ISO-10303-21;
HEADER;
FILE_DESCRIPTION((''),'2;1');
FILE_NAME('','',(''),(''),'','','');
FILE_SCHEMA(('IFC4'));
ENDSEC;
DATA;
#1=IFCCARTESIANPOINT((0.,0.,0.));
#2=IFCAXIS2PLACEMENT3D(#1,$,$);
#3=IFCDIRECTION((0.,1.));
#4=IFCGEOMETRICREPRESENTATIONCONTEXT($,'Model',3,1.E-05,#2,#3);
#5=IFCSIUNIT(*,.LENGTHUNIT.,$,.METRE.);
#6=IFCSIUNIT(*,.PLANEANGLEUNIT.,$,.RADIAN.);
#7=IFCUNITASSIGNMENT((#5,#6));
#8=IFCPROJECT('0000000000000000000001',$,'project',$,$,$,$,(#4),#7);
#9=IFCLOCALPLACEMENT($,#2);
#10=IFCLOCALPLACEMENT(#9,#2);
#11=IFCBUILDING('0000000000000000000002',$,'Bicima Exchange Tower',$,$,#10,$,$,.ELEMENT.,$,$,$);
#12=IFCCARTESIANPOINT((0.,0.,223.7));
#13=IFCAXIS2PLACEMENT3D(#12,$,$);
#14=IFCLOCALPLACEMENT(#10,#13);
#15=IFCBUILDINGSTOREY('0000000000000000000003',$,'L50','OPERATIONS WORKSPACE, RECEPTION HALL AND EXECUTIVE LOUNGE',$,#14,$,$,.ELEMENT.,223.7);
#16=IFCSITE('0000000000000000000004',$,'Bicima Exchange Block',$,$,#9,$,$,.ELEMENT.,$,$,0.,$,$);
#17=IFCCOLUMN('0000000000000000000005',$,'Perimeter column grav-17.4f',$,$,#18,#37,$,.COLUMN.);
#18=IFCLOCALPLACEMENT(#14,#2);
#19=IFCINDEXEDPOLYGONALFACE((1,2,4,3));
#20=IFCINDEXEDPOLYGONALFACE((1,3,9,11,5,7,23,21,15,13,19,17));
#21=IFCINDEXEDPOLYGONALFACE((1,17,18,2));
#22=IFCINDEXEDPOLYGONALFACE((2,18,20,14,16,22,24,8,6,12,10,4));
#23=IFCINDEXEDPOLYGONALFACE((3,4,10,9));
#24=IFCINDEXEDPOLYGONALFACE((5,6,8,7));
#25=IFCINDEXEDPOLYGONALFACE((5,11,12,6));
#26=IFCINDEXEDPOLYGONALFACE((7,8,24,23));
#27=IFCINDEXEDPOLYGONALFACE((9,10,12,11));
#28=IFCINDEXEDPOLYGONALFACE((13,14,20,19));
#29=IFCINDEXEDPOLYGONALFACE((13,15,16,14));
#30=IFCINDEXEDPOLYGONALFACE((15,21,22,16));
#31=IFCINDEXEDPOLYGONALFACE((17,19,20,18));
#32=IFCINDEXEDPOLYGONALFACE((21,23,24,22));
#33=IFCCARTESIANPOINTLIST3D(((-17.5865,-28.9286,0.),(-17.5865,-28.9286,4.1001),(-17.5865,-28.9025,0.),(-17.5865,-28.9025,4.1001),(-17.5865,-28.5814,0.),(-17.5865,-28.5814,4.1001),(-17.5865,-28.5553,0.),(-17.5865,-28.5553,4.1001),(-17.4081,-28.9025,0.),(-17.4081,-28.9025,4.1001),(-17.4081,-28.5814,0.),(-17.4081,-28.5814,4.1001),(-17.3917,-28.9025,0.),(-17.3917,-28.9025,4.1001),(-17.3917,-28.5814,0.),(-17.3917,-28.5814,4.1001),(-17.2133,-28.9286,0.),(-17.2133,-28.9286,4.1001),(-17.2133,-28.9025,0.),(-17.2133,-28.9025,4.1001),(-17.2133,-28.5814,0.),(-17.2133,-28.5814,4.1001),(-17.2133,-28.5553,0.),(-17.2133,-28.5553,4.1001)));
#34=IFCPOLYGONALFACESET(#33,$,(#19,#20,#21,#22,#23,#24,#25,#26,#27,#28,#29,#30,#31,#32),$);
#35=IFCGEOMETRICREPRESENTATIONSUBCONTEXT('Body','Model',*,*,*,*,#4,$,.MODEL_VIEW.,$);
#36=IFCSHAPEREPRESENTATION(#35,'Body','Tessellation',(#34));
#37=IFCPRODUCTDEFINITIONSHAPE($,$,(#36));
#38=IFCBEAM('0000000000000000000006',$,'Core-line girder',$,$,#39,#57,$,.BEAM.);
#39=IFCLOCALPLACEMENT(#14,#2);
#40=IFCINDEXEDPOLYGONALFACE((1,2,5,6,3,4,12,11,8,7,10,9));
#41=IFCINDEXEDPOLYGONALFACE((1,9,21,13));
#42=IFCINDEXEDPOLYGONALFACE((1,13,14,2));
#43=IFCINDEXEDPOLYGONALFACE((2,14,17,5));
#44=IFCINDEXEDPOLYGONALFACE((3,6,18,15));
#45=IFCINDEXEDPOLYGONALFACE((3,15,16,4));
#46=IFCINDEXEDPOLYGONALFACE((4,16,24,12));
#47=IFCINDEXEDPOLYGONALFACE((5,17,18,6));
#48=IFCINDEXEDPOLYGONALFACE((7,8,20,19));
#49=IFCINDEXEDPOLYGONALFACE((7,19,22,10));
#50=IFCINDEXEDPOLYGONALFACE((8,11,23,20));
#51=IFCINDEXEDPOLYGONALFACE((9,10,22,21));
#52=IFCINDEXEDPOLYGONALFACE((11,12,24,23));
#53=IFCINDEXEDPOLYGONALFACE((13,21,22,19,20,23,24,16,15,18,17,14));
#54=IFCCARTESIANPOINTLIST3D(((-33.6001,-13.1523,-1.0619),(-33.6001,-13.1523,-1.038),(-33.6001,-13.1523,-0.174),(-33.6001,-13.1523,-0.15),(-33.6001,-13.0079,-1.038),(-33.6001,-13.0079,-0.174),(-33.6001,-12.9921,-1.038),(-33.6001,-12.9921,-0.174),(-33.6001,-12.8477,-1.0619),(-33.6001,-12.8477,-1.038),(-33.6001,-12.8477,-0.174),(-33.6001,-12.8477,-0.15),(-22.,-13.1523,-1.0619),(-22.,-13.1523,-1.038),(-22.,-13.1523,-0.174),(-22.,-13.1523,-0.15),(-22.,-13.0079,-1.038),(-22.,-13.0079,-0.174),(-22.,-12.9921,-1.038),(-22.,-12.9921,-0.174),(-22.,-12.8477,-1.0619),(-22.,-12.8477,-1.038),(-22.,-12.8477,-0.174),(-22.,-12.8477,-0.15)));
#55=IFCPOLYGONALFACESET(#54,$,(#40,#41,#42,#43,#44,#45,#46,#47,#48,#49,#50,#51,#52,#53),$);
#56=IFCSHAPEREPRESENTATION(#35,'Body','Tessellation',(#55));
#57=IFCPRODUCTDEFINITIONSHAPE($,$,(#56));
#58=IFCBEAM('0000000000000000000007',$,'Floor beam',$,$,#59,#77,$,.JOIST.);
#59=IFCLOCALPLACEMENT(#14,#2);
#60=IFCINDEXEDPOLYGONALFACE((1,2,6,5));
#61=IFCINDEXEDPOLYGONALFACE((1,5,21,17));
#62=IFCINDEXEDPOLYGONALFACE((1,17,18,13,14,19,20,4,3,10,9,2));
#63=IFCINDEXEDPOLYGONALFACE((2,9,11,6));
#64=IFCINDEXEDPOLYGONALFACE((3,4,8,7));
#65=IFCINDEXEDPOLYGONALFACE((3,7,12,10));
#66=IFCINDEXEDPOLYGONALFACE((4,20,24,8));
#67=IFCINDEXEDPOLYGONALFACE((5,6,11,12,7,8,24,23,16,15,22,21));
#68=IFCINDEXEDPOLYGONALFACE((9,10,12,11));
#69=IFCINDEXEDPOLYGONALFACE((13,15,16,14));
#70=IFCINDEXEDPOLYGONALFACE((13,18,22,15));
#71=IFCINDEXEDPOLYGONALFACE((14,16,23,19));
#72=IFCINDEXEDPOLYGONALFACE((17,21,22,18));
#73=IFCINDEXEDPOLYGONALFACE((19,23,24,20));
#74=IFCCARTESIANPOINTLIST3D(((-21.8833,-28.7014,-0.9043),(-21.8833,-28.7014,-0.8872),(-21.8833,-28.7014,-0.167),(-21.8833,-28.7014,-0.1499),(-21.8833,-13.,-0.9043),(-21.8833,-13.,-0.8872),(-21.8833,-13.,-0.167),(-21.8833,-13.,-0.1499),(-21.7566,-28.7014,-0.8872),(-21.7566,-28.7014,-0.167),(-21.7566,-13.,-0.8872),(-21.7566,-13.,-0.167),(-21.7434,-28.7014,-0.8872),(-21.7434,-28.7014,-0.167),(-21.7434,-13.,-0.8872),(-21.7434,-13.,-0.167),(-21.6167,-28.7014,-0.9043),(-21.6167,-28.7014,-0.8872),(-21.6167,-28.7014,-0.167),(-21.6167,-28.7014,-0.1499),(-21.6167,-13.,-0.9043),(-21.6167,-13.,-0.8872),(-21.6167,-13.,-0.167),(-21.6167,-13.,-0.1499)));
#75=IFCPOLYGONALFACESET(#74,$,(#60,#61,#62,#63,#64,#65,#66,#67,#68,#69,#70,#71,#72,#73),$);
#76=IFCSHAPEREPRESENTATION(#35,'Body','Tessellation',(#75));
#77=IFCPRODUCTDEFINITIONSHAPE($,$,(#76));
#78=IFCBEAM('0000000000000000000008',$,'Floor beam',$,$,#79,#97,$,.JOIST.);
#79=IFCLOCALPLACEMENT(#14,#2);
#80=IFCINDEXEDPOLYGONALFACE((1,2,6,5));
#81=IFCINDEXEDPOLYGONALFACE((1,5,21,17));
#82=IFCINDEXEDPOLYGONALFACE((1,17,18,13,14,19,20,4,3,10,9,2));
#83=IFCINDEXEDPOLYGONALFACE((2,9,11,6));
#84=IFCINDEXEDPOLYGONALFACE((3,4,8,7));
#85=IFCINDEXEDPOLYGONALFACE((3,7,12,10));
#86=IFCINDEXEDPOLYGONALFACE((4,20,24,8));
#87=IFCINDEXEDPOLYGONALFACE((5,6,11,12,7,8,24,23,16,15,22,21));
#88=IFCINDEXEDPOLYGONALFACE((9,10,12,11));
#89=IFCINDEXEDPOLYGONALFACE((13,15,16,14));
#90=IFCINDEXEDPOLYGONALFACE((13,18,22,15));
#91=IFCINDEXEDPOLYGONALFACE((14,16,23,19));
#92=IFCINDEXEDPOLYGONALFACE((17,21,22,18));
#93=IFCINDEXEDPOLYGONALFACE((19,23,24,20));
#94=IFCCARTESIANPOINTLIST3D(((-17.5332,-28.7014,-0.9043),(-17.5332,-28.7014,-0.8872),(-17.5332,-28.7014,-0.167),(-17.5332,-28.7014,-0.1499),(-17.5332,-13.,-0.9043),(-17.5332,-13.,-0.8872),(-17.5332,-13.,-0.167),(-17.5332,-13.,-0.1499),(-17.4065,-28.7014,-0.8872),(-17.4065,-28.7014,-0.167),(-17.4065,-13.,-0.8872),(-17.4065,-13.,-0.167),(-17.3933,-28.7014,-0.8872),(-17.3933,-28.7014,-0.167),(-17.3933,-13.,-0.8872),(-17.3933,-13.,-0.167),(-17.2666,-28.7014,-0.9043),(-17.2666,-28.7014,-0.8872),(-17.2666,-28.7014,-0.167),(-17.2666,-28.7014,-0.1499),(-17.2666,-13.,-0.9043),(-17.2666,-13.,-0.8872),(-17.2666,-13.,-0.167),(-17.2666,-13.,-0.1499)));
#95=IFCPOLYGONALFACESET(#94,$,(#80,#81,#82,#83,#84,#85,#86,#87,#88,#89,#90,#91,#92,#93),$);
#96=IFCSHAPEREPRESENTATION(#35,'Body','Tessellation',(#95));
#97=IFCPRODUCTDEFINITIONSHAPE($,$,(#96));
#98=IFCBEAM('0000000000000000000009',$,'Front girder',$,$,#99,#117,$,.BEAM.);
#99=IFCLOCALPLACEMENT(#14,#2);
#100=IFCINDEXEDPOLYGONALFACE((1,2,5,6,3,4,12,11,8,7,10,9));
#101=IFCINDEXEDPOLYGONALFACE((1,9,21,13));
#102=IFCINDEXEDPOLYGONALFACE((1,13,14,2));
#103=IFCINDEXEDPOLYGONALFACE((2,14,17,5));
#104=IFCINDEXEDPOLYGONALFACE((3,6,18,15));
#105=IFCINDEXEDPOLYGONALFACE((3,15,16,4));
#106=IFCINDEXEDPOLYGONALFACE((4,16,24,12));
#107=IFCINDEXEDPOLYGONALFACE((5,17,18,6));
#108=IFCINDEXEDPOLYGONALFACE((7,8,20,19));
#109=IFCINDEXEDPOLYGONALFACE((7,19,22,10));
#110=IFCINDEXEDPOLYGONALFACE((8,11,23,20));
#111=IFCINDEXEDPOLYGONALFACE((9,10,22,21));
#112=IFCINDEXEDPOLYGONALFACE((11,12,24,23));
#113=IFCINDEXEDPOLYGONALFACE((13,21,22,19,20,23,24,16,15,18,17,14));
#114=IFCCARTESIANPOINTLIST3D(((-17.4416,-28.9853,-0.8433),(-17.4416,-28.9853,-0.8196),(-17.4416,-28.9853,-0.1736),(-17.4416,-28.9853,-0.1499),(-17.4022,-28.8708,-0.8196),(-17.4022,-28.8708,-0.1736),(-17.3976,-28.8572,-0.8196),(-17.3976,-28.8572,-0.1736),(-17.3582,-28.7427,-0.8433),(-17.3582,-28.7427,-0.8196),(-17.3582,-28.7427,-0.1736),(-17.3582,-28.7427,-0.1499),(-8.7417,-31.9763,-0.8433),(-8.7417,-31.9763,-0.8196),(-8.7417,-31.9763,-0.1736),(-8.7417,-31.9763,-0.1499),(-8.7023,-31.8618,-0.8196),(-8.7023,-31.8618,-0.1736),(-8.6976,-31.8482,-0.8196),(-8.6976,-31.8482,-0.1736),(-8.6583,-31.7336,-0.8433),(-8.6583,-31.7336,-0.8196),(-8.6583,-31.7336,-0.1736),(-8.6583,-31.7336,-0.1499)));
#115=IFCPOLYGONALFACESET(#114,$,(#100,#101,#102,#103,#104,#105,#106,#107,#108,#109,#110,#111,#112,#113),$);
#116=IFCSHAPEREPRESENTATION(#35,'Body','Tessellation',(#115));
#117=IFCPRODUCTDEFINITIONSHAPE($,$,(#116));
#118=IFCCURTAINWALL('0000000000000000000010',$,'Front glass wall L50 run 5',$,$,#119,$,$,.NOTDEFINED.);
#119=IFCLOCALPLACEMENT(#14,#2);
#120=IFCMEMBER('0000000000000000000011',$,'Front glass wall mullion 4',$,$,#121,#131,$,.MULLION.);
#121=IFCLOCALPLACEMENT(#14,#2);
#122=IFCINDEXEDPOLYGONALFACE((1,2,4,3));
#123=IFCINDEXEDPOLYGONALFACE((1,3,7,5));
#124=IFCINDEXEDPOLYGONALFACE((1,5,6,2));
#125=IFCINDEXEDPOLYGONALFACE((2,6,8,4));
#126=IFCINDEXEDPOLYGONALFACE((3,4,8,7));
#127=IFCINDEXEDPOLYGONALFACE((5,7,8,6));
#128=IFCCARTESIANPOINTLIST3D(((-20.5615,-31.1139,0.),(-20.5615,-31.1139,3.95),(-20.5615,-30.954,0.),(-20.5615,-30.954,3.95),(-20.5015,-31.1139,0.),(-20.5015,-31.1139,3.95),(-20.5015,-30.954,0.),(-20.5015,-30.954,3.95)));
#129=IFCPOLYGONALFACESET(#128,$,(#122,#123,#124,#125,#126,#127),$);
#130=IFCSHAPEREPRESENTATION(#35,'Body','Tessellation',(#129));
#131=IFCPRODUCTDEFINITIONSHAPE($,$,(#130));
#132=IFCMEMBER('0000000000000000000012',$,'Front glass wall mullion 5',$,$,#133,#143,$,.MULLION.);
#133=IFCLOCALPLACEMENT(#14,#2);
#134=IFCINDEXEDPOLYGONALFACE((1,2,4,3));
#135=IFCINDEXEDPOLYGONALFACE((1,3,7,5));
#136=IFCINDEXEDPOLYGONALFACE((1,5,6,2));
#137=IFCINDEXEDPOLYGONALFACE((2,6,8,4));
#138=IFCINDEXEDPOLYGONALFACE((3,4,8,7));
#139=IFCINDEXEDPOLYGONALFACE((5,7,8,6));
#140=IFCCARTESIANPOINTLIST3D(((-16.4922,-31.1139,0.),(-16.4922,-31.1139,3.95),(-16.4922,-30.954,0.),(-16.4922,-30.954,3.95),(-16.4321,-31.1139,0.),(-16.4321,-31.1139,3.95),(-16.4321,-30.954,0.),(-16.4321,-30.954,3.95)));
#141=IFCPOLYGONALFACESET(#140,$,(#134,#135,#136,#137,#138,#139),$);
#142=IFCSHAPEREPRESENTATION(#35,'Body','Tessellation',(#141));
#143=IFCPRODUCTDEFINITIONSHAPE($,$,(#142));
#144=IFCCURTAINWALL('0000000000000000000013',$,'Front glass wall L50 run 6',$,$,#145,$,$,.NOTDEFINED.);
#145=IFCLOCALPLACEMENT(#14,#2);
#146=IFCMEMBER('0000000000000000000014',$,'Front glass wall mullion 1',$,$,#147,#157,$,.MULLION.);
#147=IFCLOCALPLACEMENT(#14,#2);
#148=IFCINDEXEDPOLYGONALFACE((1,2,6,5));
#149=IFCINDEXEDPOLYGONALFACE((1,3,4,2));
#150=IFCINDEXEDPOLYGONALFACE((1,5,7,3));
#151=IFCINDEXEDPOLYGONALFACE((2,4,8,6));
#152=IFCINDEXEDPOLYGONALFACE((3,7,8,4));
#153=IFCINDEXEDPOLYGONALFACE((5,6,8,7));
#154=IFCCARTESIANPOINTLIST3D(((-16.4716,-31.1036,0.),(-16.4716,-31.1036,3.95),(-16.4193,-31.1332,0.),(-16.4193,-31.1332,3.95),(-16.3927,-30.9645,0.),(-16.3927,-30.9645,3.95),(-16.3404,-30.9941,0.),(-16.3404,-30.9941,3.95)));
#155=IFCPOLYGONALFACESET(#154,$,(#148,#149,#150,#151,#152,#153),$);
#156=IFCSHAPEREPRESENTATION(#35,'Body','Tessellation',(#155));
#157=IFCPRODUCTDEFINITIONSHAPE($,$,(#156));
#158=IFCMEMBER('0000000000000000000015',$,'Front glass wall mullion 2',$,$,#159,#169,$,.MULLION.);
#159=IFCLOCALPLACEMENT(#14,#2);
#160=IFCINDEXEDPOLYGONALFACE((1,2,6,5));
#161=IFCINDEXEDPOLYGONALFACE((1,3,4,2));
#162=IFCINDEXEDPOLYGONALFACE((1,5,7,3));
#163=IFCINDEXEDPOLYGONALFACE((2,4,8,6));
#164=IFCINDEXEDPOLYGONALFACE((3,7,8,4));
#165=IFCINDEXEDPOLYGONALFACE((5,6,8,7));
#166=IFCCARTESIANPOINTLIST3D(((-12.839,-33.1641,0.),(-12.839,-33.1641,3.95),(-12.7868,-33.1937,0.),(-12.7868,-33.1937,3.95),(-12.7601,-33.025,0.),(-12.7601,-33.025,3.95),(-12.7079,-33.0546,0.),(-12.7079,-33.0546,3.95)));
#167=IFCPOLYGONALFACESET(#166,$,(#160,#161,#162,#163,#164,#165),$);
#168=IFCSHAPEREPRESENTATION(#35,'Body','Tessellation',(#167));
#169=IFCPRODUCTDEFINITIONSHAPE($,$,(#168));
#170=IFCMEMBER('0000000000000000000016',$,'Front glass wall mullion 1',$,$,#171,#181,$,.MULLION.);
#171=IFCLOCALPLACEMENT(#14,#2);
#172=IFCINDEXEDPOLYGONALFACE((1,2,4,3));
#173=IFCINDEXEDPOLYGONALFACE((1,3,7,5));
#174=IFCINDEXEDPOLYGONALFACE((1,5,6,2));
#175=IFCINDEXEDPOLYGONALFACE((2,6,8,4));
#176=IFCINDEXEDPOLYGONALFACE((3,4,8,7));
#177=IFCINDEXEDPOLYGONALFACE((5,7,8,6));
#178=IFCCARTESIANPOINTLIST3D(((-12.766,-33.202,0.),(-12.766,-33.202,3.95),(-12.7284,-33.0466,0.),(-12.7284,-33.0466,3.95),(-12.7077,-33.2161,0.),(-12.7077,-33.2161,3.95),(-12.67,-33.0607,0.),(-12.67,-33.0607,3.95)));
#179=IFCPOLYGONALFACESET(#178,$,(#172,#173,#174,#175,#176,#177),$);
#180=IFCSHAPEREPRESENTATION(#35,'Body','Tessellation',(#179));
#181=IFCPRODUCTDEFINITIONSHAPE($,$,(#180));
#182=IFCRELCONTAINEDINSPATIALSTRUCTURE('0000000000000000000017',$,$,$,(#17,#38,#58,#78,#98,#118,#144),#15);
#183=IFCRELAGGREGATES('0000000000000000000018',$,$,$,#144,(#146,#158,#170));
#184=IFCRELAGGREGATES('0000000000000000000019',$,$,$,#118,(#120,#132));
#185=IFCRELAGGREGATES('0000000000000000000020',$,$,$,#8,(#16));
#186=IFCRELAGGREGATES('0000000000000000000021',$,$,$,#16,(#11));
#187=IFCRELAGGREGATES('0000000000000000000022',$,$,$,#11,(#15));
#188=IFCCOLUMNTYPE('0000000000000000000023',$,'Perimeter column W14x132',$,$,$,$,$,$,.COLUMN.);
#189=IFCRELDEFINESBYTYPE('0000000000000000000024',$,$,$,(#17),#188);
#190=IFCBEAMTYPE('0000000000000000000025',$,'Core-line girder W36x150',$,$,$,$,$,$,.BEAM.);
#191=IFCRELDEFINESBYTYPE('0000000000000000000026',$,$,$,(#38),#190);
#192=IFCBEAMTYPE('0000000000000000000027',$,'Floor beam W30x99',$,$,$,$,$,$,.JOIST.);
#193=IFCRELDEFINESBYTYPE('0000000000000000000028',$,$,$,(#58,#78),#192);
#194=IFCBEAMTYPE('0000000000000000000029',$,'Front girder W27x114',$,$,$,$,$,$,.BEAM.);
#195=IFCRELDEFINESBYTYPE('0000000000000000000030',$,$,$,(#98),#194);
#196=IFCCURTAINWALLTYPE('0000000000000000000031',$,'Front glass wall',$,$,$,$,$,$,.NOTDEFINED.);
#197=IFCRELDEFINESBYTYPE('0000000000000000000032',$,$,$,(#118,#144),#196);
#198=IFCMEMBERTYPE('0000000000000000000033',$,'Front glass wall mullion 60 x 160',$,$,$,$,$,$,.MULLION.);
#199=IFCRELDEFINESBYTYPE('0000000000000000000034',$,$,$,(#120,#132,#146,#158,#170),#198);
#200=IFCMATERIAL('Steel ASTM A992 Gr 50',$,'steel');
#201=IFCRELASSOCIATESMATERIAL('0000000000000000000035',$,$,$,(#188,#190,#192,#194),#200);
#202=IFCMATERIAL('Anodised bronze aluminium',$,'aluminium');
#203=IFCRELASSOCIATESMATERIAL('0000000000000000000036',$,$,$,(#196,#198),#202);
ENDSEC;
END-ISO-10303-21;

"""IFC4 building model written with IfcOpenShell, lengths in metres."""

from ifc_helpers import new_model, si_unit, direction, frame, origin, origin_2d, place, context, subcontext, project, spatial, rectangle, i_section, extrude, material, material_profile, profile_set, type_object, element, aggregate, save


model = new_model("IFC4")

# Units and contexts
model_context = context("Model", 3, precision=1e-05, world=origin(), true_north=direction((0.0, 1.0)))
body_context = subcontext(model_context, "Body", "Model", "MODEL_VIEW")
ifc_project = project(units=[si_unit("LENGTHUNIT", "METRE"), si_unit("PLANEANGLEUNIT", "RADIAN")], contexts=[model_context])

# Site, building, storey
site_placement = place(None, origin())
site = spatial("IfcSite", under=ifc_project, at=site_placement, Name="Bicima Exchange Block", CompositionType="ELEMENT", RefElevation=0.0)
building_placement = place(site_placement, origin())
building = spatial("IfcBuilding", under=site, at=building_placement, Name="Bicima Exchange Tower", CompositionType="ELEMENT")
storey_placement = place(building_placement, frame((0.0, 0.0, 223.7)))
storey = spatial("IfcBuildingStorey", under=building, at=storey_placement, Name="L50", Description="OPERATIONS WORKSPACE, RECEPTION HALL AND EXECUTIVE LOUNGE", CompositionType="ELEMENT", Elevation=223.7)

# Column
ifc_material_1 = material(Name="Steel ASTM A992 Gr 50", Category="steel")
ifc_material_profile_1 = material_profile(ifc_material_1, i_section(OverallWidth=0.3733, OverallDepth=0.3733, WebThickness=0.0164, FlangeThickness=0.0261, at=origin_2d()))
ifc_profile_set_1 = profile_set([ifc_material_profile_1], Name="Steel ASTM A992 Gr 50")
column_type = type_object("IfcColumnType", Name="Perimeter column W14x132", PredefinedType="COLUMN", material=ifc_profile_set_1)
column_placement = place(storey_placement, frame((-17.3999, -28.7419, 0.0), z_axis=(0.0, 0.0, 1.0), x_axis=(1.0, 0.0, 0.0)))
element("IfcColumn", 1, at=column_placement, inside=storey, type_object=column_type, Name="Perimeter column grav-17.4f", PredefinedType="COLUMN", context=body_context, shape_type="SweptSolid", body=[
    extrude(i_section(OverallWidth=0.3733, OverallDepth=0.3733, WebThickness=0.0164, FlangeThickness=0.0261, at=origin_2d()), origin(), (0.0, 0.0, 1.0), 4.1001),
])

# Beams
ifc_material_profile_2 = material_profile(ifc_material_1, i_section(OverallWidth=0.3047, OverallDepth=0.9119, WebThickness=0.0159, FlangeThickness=0.0239, at=origin_2d()))
ifc_profile_set_2 = profile_set([ifc_material_profile_2], Name="Steel ASTM A992 Gr 50")
beam_type_1 = type_object("IfcBeamType", Name="Core-line girder W36x150", PredefinedType="BEAM", material=ifc_profile_set_2)
beam_1_placement = place(storey_placement, frame((-22.0, -13.0, -0.606), z_axis=(-1.0, 0.0, 0.0), x_axis=(0.0, -1.0, 0.0)))
element("IfcBeam", 2, at=beam_1_placement, inside=storey, type_object=beam_type_1, Name="Core-line girder", PredefinedType="BEAM", context=body_context, shape_type="SweptSolid", body=[
    extrude(i_section(OverallWidth=0.3047, OverallDepth=0.9119, WebThickness=0.0159, FlangeThickness=0.0239, at=origin_2d()), origin(), (0.0, 0.0, 1.0), 11.6001),
])
ifc_material_profile_3 = material_profile(ifc_material_1, i_section(OverallWidth=0.2666, OverallDepth=0.7544, WebThickness=0.0132, FlangeThickness=0.0171, at=origin_2d()))
ifc_profile_set_3 = profile_set([ifc_material_profile_3], Name="Steel ASTM A992 Gr 50")
beam_type_2 = type_object("IfcBeamType", Name="Floor beam W30x99", PredefinedType="JOIST", material=ifc_profile_set_3)
for number, where, z_axis, x_axis, name in (
    (3, (-21.75, -13.0, -0.5271), (0.0, -1.0, 0.0), (1.0, 0.0, 0.0), "Floor beam"),
    (4, (-17.3999, -13.0, -0.5271), (0.0, -1.0, 0.0), (1.0, 0.0, 0.0), "Floor beam"),
):
    element("IfcBeam", number, at=place(storey_placement, frame(where, z_axis=z_axis, x_axis=x_axis)), inside=storey, type_object=beam_type_2, Name=name, PredefinedType="JOIST", context=body_context, shape_type="SweptSolid", body=[
        extrude(i_section(OverallWidth=0.2666, OverallDepth=0.7544, WebThickness=0.0132, FlangeThickness=0.0171, at=origin_2d()), origin(), (0.0, 0.0, 1.0), 15.7014),
    ])
ifc_material_profile_4 = material_profile(ifc_material_1, i_section(OverallWidth=0.2566, OverallDepth=0.6934, WebThickness=0.0144, FlangeThickness=0.0237, at=origin_2d()))
ifc_profile_set_4 = profile_set([ifc_material_profile_4], Name="Steel ASTM A992 Gr 50")
beam_type_3 = type_object("IfcBeamType", Name="Front girder W27x114", PredefinedType="BEAM", material=ifc_profile_set_4)
beam_2_placement = place(storey_placement, frame((-17.3999, -28.864, -0.4966), z_axis=(0.945675, -0.325115, 0.0), x_axis=(0.325115, 0.945675, 0.0)))
element("IfcBeam", 5, at=beam_2_placement, inside=storey, type_object=beam_type_3, Name="Front girder", PredefinedType="BEAM", context=body_context, shape_type="SweptSolid", body=[
    extrude(i_section(OverallWidth=0.2566, OverallDepth=0.6934, WebThickness=0.0144, FlangeThickness=0.0237, at=origin_2d()), origin(), (0.0, 0.0, 1.0), 9.1997),
])

# Curtain walls, members
ifc_material_2 = material(Name="Anodised bronze aluminium", Category="aluminium")
curtain_wall_type = type_object("IfcCurtainWallType", Name="Front glass wall", PredefinedType="NOTDEFINED", material=ifc_material_2)
curtain_wall_1_placement = place(storey_placement, origin())
curtain_wall_1 = element("IfcCurtainWall", 6, at=curtain_wall_1_placement, inside=storey, type_object=curtain_wall_type, Name="Front glass wall L50 run 5", PredefinedType="NOTDEFINED")
ifc_material_profile_5 = material_profile(ifc_material_2, rectangle(XDim=0.1599, YDim=0.0601, at=origin_2d()))
ifc_profile_set_5 = profile_set([ifc_material_profile_5], Name="Anodised bronze aluminium")
member_type_1 = type_object("IfcMemberType", Name="Front glass wall mullion 60 x 160", PredefinedType="MULLION", material=ifc_profile_set_5)
member_1_placement = place(storey_placement, frame((-20.5315, -31.0339, 0.0), z_axis=(0.0, 0.0, 1.0), x_axis=(0.0, 1.0, 0.0)))
member_1 = element("IfcMember", 7, at=member_1_placement, type_object=member_type_1, Name="Front glass wall mullion 4", PredefinedType="MULLION", context=body_context, shape_type="SweptSolid", body=[
    extrude(rectangle(XDim=0.1599, YDim=0.0601, at=origin_2d()), origin(), (0.0, 0.0, 1.0), 3.95),
])
member_2_placement = place(storey_placement, frame((-16.4622, -31.0339, 0.0), z_axis=(0.0, 0.0, 1.0), x_axis=(0.0, 1.0, 0.0)))
member_2 = element("IfcMember", 8, at=member_2_placement, type_object=member_type_1, Name="Front glass wall mullion 5", PredefinedType="MULLION", context=body_context, shape_type="SweptSolid", body=[
    extrude(rectangle(XDim=0.1599, YDim=0.0601, at=origin_2d()), origin(), (0.0, 0.0, 1.0), 3.95),
])
curtain_wall_2_placement = place(storey_placement, origin())
curtain_wall_2 = element("IfcCurtainWall", 9, at=curtain_wall_2_placement, inside=storey, type_object=curtain_wall_type, Name="Front glass wall L50 run 6", PredefinedType="NOTDEFINED")
member_3_placement = place(storey_placement, frame((-16.406, -31.0488, 0.0), z_axis=(0.0, 0.0, 1.0), x_axis=(0.493395, 0.869805, 0.0)))
member_3 = element("IfcMember", 10, at=member_3_placement, type_object=member_type_1, Name="Front glass wall mullion 1", PredefinedType="MULLION", context=body_context, shape_type="SweptSolid", body=[
    extrude(rectangle(XDim=0.1599, YDim=0.0601, at=origin_2d()), origin(), (0.0, 0.0, 1.0), 3.95),
])
member_4_placement = place(storey_placement, frame((-12.7734, -33.1094, 0.0), z_axis=(0.0, 0.0, 1.0), x_axis=(0.493395, 0.869805, 0.0)))
member_4 = element("IfcMember", 11, at=member_4_placement, type_object=member_type_1, Name="Front glass wall mullion 2", PredefinedType="MULLION", context=body_context, shape_type="SweptSolid", body=[
    extrude(rectangle(XDim=0.1599, YDim=0.0601, at=origin_2d()), origin(), (0.0, 0.0, 1.0), 3.95),
])
member_5_placement = place(storey_placement, frame((-12.718, -33.1313, 0.0), z_axis=(0.0, 0.0, 1.0), x_axis=(0.235682, 0.97183, 0.0)))
member_5 = element("IfcMember", 12, at=member_5_placement, type_object=member_type_1, Name="Front glass wall mullion 1", PredefinedType="MULLION", context=body_context, shape_type="SweptSolid", body=[
    extrude(rectangle(XDim=0.1599, YDim=0.0601, at=origin_2d()), origin(), (0.0, 0.0, 1.0), 3.95),
])

aggregate(curtain_wall_2, [member_3, member_4, member_5])
aggregate(curtain_wall_1, [member_1, member_2])

save(model, "model.ifc")
